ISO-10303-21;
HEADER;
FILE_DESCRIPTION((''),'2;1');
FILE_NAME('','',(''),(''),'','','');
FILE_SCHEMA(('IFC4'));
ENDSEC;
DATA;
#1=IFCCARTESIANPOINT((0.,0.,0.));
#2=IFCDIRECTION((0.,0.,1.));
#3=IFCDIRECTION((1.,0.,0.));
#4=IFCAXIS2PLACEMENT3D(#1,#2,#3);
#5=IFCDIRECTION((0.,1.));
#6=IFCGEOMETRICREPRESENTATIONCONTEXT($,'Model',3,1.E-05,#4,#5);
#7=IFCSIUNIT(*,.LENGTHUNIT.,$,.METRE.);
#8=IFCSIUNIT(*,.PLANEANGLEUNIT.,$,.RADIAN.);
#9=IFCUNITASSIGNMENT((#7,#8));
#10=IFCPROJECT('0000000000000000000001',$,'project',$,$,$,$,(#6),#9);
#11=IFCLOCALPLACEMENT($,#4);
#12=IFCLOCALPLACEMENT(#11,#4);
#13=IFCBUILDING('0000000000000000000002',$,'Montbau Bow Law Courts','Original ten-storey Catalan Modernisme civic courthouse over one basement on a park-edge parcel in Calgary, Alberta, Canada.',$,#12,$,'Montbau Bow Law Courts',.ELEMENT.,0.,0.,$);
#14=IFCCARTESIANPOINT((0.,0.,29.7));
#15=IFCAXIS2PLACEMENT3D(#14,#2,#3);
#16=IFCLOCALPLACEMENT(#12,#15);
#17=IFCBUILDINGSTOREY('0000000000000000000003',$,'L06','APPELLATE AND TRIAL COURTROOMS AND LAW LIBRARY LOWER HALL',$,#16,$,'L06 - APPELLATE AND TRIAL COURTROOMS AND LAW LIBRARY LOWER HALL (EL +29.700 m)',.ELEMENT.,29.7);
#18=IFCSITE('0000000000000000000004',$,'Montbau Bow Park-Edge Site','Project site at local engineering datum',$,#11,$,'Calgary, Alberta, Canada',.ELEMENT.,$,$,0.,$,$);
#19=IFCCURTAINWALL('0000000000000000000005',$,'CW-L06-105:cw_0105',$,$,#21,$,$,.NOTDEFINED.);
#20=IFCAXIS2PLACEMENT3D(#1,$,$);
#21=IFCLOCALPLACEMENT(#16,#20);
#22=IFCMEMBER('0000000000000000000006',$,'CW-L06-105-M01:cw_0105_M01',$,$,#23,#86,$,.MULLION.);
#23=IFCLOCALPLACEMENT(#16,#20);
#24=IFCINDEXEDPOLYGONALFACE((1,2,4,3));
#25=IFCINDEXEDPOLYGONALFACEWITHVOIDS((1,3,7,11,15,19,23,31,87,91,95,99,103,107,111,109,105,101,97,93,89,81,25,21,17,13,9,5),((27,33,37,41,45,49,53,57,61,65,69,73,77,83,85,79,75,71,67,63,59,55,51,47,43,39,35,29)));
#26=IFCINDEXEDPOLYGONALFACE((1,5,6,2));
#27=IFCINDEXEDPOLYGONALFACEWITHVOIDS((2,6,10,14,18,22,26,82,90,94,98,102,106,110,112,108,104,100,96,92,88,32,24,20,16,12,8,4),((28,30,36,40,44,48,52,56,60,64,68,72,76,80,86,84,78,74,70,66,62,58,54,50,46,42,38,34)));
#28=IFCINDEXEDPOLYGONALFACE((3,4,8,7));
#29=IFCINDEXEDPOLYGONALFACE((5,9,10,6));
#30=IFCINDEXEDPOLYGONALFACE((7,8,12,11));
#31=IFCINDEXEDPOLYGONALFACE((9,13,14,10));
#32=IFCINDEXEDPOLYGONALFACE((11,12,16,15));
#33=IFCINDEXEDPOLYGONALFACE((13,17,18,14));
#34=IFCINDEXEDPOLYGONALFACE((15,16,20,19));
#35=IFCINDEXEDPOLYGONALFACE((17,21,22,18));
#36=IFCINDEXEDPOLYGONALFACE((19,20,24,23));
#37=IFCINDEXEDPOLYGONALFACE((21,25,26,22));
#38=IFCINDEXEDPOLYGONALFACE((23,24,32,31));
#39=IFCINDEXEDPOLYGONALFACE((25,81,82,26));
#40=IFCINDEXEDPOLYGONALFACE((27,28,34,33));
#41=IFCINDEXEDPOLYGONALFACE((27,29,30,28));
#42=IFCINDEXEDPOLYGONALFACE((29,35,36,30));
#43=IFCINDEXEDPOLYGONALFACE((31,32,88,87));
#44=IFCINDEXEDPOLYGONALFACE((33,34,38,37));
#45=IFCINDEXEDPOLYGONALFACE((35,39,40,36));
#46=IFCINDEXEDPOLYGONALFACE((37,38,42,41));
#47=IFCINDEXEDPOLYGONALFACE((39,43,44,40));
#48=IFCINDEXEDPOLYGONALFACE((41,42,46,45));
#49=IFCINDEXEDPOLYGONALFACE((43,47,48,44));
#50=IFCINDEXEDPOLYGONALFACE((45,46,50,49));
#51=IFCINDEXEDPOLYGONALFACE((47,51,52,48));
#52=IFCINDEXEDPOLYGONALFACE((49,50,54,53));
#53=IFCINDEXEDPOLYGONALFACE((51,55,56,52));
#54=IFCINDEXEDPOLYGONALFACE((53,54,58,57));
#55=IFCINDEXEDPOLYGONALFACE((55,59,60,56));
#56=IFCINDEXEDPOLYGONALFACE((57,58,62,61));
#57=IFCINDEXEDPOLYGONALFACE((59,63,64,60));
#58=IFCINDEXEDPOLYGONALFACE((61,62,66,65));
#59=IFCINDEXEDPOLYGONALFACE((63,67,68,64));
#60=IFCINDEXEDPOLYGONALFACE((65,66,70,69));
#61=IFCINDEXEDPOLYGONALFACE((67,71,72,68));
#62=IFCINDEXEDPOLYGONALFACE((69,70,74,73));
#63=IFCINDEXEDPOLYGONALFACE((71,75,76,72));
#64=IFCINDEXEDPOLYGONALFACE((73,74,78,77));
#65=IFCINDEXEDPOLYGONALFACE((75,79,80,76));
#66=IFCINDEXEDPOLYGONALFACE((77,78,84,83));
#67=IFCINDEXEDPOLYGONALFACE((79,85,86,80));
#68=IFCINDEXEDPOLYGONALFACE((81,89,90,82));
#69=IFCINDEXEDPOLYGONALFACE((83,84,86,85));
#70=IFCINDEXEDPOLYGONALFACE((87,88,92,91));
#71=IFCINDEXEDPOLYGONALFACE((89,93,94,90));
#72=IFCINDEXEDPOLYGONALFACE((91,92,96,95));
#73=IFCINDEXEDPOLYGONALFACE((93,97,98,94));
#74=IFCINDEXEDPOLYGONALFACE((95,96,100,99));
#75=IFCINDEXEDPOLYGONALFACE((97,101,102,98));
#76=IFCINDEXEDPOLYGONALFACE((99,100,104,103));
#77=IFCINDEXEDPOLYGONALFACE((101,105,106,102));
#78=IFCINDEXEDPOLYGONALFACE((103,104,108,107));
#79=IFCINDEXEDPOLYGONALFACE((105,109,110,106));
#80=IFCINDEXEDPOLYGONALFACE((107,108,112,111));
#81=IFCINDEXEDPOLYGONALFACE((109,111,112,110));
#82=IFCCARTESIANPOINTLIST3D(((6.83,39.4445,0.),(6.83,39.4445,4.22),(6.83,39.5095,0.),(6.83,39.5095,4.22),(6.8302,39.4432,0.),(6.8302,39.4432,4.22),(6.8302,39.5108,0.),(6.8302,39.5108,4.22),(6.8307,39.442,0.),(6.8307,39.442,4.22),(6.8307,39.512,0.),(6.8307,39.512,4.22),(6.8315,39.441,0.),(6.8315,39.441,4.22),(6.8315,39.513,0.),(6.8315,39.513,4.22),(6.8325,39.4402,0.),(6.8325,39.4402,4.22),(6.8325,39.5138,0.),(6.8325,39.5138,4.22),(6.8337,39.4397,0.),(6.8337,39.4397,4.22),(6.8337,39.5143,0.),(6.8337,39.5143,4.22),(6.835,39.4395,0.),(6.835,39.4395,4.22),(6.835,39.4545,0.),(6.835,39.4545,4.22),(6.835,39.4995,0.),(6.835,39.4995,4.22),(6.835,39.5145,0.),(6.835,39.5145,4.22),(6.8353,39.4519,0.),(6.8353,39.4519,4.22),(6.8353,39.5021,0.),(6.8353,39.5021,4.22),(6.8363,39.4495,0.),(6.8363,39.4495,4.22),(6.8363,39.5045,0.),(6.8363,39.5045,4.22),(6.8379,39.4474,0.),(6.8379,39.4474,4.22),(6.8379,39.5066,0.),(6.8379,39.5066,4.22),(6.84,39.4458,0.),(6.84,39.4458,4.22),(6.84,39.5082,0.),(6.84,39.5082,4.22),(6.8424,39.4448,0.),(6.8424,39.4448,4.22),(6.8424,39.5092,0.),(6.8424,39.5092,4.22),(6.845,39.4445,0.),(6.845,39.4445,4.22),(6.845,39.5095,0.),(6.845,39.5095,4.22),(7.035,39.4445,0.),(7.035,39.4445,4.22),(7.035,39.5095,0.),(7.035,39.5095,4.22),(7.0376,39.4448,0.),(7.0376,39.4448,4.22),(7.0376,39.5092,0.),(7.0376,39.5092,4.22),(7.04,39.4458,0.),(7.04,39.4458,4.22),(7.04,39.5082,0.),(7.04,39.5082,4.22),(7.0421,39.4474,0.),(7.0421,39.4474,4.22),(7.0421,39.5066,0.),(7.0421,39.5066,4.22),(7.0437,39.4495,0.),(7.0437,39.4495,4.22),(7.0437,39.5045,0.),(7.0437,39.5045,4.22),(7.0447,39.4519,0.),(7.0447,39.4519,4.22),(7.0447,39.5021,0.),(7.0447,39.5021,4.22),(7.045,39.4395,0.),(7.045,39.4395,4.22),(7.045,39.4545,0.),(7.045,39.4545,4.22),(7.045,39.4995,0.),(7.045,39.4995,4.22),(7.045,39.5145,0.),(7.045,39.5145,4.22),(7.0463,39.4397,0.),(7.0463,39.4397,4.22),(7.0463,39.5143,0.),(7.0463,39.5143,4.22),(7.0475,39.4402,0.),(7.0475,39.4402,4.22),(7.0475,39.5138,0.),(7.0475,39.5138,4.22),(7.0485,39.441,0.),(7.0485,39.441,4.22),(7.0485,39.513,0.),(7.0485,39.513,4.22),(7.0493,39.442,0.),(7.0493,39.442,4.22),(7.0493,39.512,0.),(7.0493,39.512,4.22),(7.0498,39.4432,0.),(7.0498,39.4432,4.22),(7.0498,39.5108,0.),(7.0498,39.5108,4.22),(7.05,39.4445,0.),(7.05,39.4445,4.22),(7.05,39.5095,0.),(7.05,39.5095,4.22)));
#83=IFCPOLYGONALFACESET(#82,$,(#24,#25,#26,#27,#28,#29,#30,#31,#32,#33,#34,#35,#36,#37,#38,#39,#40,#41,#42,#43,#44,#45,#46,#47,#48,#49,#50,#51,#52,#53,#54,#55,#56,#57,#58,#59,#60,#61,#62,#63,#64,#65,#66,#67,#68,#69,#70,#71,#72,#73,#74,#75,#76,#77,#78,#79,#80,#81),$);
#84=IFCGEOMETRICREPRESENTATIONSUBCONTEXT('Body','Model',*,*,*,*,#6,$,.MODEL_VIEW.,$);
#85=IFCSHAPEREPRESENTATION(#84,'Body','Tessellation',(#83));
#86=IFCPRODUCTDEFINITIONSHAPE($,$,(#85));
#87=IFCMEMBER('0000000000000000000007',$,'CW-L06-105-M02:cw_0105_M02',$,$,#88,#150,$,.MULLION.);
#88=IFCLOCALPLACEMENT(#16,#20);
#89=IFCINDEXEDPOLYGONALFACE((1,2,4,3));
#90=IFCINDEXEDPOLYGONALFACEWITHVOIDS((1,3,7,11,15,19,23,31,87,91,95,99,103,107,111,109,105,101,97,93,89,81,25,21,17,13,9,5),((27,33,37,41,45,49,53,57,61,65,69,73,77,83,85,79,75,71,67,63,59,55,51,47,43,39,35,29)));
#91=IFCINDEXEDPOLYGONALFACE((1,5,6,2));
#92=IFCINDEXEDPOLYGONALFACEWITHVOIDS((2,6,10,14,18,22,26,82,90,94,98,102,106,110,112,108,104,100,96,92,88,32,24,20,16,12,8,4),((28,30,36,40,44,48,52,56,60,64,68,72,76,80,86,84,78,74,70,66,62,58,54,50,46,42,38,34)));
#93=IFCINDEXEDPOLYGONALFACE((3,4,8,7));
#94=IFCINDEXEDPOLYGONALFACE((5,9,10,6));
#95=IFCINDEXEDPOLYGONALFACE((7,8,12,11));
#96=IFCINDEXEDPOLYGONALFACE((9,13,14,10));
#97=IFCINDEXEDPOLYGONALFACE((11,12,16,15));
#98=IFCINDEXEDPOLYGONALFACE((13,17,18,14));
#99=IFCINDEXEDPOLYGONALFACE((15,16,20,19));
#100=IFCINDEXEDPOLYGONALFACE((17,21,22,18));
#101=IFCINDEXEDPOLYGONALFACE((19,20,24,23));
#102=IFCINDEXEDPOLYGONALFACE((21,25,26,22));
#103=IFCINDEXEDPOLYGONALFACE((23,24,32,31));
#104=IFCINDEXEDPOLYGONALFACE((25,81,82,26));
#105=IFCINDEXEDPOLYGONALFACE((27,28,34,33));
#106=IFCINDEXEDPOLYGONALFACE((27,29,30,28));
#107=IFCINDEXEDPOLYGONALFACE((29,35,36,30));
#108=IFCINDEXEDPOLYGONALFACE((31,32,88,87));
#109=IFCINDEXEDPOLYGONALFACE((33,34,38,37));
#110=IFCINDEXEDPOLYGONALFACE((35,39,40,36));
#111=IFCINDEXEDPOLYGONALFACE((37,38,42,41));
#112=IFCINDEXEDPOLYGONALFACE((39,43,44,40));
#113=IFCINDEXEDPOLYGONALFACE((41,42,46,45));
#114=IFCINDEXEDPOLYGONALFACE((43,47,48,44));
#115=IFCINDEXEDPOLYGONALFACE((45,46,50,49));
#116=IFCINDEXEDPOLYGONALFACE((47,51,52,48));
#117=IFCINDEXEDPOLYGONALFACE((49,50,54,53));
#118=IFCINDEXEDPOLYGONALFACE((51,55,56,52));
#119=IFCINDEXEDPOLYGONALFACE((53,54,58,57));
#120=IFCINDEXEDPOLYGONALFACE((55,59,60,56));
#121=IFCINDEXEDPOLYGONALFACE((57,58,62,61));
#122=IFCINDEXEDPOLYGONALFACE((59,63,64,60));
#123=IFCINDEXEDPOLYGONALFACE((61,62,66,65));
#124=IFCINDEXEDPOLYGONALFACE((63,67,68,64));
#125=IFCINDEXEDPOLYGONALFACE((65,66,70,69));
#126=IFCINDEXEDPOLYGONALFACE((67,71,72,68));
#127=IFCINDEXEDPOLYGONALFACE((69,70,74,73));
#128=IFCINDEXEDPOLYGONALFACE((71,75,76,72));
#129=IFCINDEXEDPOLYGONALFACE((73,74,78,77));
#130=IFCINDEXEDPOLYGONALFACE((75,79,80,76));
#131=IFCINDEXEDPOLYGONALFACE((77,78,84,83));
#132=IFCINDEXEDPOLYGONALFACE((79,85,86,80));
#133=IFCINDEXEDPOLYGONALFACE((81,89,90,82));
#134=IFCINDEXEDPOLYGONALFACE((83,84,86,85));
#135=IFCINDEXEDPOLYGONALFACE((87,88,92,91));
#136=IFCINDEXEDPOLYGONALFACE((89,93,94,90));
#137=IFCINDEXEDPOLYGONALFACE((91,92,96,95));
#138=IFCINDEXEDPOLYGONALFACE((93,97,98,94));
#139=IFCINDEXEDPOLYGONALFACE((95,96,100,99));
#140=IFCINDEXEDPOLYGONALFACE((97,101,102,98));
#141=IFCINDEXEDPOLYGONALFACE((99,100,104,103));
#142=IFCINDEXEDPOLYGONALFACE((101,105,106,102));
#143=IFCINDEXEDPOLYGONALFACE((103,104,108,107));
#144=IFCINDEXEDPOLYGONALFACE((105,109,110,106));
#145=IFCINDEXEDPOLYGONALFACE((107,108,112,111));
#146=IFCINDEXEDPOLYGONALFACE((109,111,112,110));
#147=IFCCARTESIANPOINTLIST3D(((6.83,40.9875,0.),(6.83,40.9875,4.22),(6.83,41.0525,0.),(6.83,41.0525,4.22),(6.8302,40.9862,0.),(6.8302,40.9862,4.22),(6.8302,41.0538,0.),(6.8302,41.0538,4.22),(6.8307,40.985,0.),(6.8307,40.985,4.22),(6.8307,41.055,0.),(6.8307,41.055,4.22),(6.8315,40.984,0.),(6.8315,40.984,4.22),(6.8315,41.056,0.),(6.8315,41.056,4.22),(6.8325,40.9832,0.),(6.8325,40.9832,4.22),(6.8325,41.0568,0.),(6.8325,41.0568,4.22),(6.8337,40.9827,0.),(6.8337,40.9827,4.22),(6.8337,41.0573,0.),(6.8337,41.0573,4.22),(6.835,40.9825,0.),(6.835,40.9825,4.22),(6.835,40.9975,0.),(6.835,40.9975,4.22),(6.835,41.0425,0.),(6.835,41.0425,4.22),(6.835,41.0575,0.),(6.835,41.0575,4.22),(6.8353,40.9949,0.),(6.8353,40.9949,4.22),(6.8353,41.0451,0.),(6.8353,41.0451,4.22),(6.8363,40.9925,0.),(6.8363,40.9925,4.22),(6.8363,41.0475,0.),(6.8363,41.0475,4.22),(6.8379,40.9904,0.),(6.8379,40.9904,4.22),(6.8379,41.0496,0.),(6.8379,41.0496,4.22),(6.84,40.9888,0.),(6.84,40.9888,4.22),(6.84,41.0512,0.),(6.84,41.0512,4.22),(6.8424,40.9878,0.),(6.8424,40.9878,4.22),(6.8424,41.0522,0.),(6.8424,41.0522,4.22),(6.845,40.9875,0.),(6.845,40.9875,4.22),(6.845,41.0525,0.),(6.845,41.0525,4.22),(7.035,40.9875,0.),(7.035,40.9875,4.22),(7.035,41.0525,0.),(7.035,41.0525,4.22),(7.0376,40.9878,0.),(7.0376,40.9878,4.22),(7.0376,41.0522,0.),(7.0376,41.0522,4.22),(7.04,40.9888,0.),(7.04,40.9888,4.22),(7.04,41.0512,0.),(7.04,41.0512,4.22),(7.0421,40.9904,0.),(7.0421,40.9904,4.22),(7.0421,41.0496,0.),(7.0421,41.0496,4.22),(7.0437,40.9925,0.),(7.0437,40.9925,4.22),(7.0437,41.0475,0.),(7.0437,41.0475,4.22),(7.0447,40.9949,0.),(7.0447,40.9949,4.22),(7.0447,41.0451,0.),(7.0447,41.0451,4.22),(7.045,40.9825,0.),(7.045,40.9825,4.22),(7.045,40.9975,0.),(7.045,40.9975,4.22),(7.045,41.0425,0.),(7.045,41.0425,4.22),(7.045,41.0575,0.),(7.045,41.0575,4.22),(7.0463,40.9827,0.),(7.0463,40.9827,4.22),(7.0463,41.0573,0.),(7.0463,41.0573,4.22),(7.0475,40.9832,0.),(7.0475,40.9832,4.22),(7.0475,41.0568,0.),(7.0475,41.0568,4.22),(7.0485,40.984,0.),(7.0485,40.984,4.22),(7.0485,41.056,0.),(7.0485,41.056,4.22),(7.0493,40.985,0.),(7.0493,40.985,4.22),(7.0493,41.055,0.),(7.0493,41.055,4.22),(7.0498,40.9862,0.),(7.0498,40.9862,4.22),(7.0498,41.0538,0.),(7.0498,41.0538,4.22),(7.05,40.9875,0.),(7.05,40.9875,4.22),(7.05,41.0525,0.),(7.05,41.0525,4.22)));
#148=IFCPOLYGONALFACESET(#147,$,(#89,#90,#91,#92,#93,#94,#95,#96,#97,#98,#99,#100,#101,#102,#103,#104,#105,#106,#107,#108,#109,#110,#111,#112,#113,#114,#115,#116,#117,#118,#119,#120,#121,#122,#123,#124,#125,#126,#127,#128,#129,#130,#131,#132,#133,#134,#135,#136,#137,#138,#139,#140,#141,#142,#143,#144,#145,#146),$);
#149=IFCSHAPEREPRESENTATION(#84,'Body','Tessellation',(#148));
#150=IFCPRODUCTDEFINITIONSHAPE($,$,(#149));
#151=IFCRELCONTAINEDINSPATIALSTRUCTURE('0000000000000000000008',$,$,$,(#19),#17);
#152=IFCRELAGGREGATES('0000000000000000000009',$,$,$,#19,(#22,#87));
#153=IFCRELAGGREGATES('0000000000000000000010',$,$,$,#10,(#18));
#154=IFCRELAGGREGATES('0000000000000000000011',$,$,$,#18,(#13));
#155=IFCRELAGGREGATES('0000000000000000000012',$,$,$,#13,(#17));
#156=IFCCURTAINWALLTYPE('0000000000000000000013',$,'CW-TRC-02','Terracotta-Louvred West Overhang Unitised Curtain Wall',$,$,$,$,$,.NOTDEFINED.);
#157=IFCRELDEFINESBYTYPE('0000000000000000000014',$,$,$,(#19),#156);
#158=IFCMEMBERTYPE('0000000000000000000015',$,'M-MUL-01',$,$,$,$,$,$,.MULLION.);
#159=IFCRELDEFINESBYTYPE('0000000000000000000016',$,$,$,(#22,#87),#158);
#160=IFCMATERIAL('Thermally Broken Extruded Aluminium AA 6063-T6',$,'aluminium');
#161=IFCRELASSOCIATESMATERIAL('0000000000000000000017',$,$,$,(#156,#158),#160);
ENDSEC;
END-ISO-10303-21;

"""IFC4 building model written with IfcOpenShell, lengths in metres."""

from ifc_helpers import new_model, si_unit, direction, frame, origin_with_axes, origin_2d_with_axis, place, context, subcontext, project, spatial, hollow_rectangle, extrude, material, material_profile, profile_set, type_object, element, aggregate, save


model = new_model("IFC4")

# Units and contexts
model_context = context("Model", 3, precision=1e-05, world=origin_with_axes(), true_north=direction((0.0, 1.0)))
body_context = subcontext(model_context, "Body", "Model", "MODEL_VIEW")
ifc_project = project(units=[si_unit("LENGTHUNIT", "METRE"), si_unit("PLANEANGLEUNIT", "RADIAN")], contexts=[model_context])

# Site, building, storey
site_placement = place(None, origin_with_axes())
site = spatial("IfcSite", under=ifc_project, at=site_placement, Name="Montbau Bow Park-Edge Site", Description="Project site at local engineering datum", LongName="Calgary, Alberta, Canada", CompositionType="ELEMENT", RefElevation=0.0)
building_placement = place(site_placement, origin_with_axes())
building = spatial("IfcBuilding", under=site, at=building_placement, Name="Montbau Bow Law Courts", Description="Original ten-storey Catalan Modernisme civic courthouse over one basement on a park-edge parcel in Calgary, Alberta, Canada.", LongName="Montbau Bow Law Courts", CompositionType="ELEMENT", ElevationOfRefHeight=0.0, ElevationOfTerrain=0.0)
storey_placement = place(building_placement, frame((0.0, 0.0, 29.7), z_axis=(0.0, 0.0, 1.0), x_axis=(1.0, 0.0, 0.0)))
storey = spatial("IfcBuildingStorey", under=building, at=storey_placement, Name="L06", Description="APPELLATE AND TRIAL COURTROOMS AND LAW LIBRARY LOWER HALL", LongName="L06 - APPELLATE AND TRIAL COURTROOMS AND LAW LIBRARY LOWER HALL (EL +29.700 m)", CompositionType="ELEMENT", Elevation=29.7)

# Curtain wall, members
ifc_material_1 = material(Name="Thermally Broken Extruded Aluminium AA 6063-T6", Category="aluminium")
curtain_wall_type = type_object("IfcCurtainWallType", Name="CW-TRC-02", Description="Terracotta-Louvred West Overhang Unitised Curtain Wall", PredefinedType="NOTDEFINED", material=ifc_material_1)
curtain_wall_1_placement = place(None, frame((6.94, 39.44, 29.7), z_axis=(0.0, 0.0, 1.0), x_axis=(1.0, 0.0, 0.0)))
curtain_wall_1 = element("IfcCurtainWall", 1, at=curtain_wall_1_placement, inside=storey, type_object=curtain_wall_type, Name="CW-L06-105:cw_0105", PredefinedType="NOTDEFINED")
ifc_material_profile_1 = material_profile(ifc_material_1, hollow_rectangle(XDim=0.075, YDim=0.22, WallThickness=0.005, InnerFilletRadius=0.01, OuterFilletRadius=0.005, at=origin_2d_with_axis()), Name="CWM-220X75", Category="Main", Priority=0)
ifc_profile_set_1 = profile_set([ifc_material_profile_1], Name="Thermally Broken Extruded Aluminium AA 6063-T6")
member_type_1 = type_object("IfcMemberType", Name="M-MUL-01", PredefinedType="MULLION", material=ifc_profile_set_1)
member_1_placement = place(None, frame((6.94, 39.477, 29.7), z_axis=(0.0, 0.0, 1.0), x_axis=(0.0, 1.0, 0.0)))
member_1 = element("IfcMember", 2, at=member_1_placement, type_object=member_type_1, Name="CW-L06-105-M01:cw_0105_M01", PredefinedType="MULLION", context=body_context, shape_type="SweptSolid", body=[
    extrude(hollow_rectangle(XDim=0.075, YDim=0.22, WallThickness=0.005, InnerFilletRadius=0.01, OuterFilletRadius=0.005, at=origin_2d_with_axis()), origin_with_axes(), (0.0, 0.0, 1.0), 4.22),
])
member_2_placement = place(None, frame((6.94, 41.02, 29.7), z_axis=(0.0, 0.0, 1.0), x_axis=(0.0, 1.0, 0.0)))
member_2 = element("IfcMember", 3, at=member_2_placement, type_object=member_type_1, Name="CW-L06-105-M02:cw_0105_M02", PredefinedType="MULLION", context=body_context, shape_type="SweptSolid", body=[
    extrude(hollow_rectangle(XDim=0.075, YDim=0.22, WallThickness=0.005, InnerFilletRadius=0.01, OuterFilletRadius=0.005, at=origin_2d_with_axis()), origin_with_axes(), (0.0, 0.0, 1.0), 4.22),
])

aggregate(curtain_wall_1, [member_1, member_2])

save(model, "model.ifc")
